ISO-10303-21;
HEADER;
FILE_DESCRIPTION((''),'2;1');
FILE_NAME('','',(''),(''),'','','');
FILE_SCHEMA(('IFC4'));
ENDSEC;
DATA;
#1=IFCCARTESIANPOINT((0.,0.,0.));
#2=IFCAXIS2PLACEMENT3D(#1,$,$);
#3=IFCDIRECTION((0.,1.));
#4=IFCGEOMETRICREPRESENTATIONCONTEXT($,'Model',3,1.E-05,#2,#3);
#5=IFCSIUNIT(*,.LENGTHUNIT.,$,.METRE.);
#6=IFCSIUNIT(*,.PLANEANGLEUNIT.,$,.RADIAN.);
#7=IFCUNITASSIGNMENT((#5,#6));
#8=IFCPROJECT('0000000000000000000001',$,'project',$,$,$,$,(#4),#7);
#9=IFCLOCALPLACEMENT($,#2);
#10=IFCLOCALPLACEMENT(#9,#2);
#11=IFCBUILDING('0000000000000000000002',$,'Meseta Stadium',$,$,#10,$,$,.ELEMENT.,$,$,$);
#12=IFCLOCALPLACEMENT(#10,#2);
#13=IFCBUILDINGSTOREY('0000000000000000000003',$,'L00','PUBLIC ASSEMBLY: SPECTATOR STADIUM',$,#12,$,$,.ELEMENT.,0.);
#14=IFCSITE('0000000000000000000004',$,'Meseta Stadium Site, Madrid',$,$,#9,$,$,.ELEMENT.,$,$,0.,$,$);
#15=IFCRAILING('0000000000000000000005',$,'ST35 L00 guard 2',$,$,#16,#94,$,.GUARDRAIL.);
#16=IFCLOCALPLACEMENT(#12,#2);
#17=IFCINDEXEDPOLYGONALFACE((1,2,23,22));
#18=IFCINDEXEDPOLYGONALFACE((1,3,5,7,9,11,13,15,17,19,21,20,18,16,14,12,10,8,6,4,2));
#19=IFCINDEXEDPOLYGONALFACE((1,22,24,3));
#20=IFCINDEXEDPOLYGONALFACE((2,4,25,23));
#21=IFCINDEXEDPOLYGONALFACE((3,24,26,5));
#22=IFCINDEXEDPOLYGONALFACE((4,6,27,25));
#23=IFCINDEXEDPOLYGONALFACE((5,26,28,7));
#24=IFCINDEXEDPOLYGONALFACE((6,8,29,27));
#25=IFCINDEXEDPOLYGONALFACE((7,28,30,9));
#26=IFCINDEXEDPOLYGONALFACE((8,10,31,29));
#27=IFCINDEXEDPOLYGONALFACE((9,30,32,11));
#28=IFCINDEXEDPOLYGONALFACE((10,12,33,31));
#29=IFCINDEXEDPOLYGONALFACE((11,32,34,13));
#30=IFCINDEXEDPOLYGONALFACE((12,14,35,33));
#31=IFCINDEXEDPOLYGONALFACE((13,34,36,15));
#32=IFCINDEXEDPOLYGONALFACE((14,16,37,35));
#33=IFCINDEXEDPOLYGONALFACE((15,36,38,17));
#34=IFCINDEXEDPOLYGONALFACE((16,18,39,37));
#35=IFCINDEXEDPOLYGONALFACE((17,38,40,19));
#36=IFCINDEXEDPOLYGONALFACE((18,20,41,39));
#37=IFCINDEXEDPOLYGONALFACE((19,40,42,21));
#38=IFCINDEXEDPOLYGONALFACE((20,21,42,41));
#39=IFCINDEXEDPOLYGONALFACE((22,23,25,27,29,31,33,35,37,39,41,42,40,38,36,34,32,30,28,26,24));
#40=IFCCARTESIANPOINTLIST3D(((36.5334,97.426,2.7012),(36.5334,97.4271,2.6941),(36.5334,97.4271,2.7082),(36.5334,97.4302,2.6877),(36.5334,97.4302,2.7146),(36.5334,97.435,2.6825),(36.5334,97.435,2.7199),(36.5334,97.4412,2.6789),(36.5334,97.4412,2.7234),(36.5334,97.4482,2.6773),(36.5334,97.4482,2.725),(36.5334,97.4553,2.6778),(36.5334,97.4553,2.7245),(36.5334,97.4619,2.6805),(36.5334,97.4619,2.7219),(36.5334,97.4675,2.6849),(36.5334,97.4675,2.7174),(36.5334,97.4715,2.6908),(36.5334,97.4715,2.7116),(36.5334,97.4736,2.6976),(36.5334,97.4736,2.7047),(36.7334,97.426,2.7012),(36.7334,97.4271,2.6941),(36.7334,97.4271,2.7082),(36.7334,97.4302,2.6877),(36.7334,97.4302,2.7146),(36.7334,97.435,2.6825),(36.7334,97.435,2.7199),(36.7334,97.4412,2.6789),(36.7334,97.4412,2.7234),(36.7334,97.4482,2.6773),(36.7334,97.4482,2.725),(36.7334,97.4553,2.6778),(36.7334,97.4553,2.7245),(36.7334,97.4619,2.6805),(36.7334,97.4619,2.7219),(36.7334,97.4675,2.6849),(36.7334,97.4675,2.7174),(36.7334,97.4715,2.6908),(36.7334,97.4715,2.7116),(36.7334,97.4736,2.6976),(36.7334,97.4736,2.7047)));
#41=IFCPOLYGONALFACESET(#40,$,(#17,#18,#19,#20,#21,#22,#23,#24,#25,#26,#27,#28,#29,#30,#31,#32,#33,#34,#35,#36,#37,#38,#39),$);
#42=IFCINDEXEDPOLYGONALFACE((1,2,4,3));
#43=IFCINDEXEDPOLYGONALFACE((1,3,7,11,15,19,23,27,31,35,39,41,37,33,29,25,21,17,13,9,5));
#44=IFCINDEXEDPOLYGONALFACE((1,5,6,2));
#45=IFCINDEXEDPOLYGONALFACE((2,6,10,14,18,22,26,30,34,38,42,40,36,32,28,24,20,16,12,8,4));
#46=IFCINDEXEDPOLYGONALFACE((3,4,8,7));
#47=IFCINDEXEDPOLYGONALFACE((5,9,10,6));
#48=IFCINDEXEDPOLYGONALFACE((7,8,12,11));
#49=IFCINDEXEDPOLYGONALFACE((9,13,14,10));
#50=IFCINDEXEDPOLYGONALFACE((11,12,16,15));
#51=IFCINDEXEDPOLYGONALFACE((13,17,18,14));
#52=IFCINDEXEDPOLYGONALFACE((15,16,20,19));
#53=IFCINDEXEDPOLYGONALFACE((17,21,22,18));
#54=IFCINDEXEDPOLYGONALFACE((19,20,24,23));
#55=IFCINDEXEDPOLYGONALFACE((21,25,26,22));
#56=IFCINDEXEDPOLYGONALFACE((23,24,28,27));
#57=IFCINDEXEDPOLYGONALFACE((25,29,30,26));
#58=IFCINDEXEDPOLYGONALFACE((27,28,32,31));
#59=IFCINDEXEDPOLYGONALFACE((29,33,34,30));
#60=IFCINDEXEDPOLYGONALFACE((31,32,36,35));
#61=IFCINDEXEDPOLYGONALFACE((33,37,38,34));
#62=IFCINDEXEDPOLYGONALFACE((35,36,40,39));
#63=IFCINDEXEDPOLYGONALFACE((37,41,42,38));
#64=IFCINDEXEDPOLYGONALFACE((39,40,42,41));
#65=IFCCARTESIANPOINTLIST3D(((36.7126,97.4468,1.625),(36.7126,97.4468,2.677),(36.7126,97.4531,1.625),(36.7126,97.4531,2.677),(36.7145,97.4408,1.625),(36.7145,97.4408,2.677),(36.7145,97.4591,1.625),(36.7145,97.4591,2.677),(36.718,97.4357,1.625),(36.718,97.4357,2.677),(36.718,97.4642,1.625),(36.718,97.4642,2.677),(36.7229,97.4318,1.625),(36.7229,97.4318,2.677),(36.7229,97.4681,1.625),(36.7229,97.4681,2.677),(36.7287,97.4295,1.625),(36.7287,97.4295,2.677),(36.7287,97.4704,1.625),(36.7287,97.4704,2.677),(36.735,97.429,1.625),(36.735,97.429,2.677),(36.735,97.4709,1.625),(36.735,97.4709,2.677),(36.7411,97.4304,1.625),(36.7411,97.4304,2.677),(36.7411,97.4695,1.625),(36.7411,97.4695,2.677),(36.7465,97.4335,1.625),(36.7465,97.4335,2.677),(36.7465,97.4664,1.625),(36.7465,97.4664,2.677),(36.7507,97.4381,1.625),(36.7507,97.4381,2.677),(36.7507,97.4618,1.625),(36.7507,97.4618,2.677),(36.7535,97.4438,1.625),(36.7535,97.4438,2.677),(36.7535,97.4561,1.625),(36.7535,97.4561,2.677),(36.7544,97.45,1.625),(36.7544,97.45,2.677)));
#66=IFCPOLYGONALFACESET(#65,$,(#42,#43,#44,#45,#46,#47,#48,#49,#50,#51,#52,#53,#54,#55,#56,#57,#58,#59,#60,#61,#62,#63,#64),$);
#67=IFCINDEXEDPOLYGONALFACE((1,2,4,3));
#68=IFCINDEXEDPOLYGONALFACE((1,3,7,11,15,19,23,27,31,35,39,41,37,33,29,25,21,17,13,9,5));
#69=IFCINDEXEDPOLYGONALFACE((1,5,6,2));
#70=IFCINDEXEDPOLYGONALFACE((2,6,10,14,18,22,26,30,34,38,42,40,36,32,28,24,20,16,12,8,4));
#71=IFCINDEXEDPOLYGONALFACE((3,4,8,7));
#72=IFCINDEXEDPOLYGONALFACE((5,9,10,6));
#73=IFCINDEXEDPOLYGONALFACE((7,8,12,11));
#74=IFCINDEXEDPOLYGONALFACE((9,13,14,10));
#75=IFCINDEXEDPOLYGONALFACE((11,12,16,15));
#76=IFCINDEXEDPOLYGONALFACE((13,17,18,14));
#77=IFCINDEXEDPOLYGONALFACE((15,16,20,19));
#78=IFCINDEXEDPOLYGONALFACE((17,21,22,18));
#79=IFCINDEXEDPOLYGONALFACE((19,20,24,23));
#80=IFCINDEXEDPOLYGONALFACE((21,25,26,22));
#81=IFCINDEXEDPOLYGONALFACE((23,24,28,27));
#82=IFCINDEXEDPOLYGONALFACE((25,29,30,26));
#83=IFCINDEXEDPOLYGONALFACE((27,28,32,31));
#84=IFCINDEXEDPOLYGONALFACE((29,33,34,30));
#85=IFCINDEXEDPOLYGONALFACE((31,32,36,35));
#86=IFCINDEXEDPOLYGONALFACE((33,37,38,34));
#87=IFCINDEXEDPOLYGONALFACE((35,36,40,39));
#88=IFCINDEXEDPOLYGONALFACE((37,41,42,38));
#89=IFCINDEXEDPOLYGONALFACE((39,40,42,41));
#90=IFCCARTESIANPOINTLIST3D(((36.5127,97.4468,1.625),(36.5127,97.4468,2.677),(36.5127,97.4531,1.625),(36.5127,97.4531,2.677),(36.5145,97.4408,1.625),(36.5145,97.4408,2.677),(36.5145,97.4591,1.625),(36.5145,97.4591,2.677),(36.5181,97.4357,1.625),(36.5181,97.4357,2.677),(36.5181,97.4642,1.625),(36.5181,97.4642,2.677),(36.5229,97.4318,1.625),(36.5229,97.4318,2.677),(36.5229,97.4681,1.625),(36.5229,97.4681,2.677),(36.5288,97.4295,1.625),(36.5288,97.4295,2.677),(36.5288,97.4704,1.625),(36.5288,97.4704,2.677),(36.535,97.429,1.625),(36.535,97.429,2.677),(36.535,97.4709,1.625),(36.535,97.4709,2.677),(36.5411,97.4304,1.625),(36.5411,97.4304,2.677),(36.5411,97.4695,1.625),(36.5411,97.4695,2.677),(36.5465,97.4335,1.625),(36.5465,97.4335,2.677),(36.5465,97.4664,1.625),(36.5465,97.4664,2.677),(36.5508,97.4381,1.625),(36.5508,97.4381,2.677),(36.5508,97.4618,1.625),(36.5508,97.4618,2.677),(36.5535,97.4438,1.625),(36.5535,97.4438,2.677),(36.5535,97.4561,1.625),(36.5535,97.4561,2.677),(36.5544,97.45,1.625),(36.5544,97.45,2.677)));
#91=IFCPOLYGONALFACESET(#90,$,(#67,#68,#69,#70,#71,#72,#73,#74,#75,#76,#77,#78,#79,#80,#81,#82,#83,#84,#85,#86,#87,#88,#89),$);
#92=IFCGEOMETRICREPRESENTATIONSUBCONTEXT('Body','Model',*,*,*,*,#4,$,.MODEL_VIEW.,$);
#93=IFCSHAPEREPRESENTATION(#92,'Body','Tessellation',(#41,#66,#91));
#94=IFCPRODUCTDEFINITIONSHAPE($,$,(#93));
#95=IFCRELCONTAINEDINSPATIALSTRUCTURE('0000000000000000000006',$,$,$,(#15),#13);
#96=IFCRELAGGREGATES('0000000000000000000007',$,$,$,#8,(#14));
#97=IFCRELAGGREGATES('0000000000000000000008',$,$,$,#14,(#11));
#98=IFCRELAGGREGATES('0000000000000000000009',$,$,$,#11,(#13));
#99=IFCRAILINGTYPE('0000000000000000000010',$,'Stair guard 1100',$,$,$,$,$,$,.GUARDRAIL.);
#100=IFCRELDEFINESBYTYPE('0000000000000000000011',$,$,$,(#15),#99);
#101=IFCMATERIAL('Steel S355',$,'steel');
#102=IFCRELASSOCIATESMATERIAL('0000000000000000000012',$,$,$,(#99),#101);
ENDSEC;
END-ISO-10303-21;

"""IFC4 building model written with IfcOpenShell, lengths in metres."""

from ifc_helpers import new_model, si_unit, direction, frame, origin, origin_2d, place, context, subcontext, project, spatial, circle, extrude, material, type_object, element, save


model = new_model("IFC4")

# Units and contexts
model_context = context("Model", 3, precision=1e-05, world=origin(), true_north=direction((0.0, 1.0)))
body_context = subcontext(model_context, "Body", "Model", "MODEL_VIEW")
ifc_project = project(units=[si_unit("LENGTHUNIT", "METRE"), si_unit("PLANEANGLEUNIT", "RADIAN")], contexts=[model_context])

# Site, building, storey
site_placement = place(None, origin())
site = spatial("IfcSite", under=ifc_project, at=site_placement, Name="Meseta Stadium Site, Madrid", CompositionType="ELEMENT", RefElevation=0.0)
building_placement = place(site_placement, origin())
building = spatial("IfcBuilding", under=site, at=building_placement, Name="Meseta Stadium", CompositionType="ELEMENT")
storey_placement = place(building_placement, origin())
storey = spatial("IfcBuildingStorey", under=building, at=storey_placement, Name="L00", Description="PUBLIC ASSEMBLY: SPECTATOR STADIUM", CompositionType="ELEMENT", Elevation=0.0)

# Railing
ifc_material_1 = material(Name="Steel S355", Category="steel")
railing_type_1 = type_object("IfcRailingType", Name="Stair guard 1100", PredefinedType="GUARDRAIL", material=ifc_material_1)
railing_1_placement = place(storey_placement, frame((36.7334, 97.45, 1.625)))
element("IfcRailing", 1, at=railing_1_placement, inside=storey, type_object=railing_type_1, Name="ST35 L00 guard 2", PredefinedType="GUARDRAIL", context=body_context, shape_type="SweptSolid", body=[
    extrude(circle(Radius=0.0239, at=origin_2d()), frame((0.0, 0.0, 1.0762), z_axis=(-1.0, 0.0, 0.0), x_axis=(0.0, -1.0, 0.0)), (0.0, 0.0, 1.0), 0.2),
    extrude(circle(Radius=0.021, at=origin_2d()), origin(), (0.0, 0.0, 1.0), 1.052),
    extrude(circle(Radius=0.021, at=origin_2d()), frame((-0.2, 0.0, 0.0)), (0.0, 0.0, 1.0), 1.052),
])

save(model, "model.ifc")
